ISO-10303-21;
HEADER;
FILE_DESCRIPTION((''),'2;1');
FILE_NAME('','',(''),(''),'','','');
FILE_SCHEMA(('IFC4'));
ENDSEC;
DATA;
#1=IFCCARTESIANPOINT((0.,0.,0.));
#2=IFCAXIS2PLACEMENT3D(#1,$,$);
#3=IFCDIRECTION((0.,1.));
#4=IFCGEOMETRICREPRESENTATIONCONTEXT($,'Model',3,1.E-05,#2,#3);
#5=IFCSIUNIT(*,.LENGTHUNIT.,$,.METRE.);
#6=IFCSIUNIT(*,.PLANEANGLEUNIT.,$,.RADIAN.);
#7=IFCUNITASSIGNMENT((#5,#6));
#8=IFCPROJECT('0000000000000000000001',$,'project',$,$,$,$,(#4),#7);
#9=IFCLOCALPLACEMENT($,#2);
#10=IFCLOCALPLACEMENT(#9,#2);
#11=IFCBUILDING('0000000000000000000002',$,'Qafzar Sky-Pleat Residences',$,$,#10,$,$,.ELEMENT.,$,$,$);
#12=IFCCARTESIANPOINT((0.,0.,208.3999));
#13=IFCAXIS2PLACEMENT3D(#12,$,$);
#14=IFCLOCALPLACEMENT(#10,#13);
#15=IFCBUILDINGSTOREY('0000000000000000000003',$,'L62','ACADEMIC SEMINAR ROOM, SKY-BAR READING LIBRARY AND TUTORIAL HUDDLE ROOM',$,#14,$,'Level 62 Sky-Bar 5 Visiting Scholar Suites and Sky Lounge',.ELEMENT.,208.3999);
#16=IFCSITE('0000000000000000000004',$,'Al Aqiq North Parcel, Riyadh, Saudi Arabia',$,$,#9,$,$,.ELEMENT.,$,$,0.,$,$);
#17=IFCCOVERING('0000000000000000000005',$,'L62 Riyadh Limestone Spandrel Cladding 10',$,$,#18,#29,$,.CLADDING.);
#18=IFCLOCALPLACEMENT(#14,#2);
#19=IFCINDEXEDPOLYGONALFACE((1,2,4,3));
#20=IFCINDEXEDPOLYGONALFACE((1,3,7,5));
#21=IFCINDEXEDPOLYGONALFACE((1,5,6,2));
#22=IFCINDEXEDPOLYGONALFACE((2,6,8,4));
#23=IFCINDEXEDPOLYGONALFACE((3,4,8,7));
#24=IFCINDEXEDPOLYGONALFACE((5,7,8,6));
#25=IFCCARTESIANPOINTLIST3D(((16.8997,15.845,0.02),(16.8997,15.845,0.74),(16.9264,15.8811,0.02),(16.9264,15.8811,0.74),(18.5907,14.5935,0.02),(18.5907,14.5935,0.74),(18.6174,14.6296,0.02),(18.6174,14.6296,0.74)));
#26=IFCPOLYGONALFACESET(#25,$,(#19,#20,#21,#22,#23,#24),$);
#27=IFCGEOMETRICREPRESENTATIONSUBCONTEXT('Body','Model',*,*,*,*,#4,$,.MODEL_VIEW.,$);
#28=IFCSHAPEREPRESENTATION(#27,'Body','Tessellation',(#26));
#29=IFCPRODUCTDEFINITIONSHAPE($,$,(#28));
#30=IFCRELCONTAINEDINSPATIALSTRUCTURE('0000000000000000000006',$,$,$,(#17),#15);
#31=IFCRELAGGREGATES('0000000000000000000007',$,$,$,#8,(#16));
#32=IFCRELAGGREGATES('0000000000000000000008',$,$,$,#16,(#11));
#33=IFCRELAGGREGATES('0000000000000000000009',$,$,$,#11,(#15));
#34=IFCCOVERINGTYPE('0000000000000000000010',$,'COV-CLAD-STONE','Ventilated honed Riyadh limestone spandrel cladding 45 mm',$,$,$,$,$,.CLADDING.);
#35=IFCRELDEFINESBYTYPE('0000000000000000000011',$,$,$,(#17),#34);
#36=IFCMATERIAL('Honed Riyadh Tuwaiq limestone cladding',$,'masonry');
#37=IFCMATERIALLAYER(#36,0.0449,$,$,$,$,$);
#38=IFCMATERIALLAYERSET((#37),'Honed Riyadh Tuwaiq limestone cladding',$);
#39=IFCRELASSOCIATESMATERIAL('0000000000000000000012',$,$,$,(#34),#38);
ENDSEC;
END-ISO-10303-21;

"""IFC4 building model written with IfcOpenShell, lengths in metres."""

from ifc_helpers import new_model, si_unit, direction, frame, origin, origin_2d, place, context, subcontext, project, spatial, rectangle, extrude, source, transform, mapped, material, layer, layer_set, type_object, element, save


model = new_model("IFC4")

# Units and contexts
model_context = context("Model", 3, precision=1e-05, world=origin(), true_north=direction((0.0, 1.0)))
body_context = subcontext(model_context, "Body", "Model", "MODEL_VIEW")
ifc_project = project(units=[si_unit("LENGTHUNIT", "METRE"), si_unit("PLANEANGLEUNIT", "RADIAN")], contexts=[model_context])

# Site, building, storey
site_placement = place(None, origin())
site = spatial("IfcSite", under=ifc_project, at=site_placement, Name="Al Aqiq North Parcel, Riyadh, Saudi Arabia", CompositionType="ELEMENT", RefElevation=0.0)
building_placement = place(site_placement, origin())
building = spatial("IfcBuilding", under=site, at=building_placement, Name="Qafzar Sky-Pleat Residences", CompositionType="ELEMENT")
storey_placement = place(building_placement, frame((0.0, 0.0, 208.3999)))
storey = spatial("IfcBuildingStorey", under=building, at=storey_placement, Name="L62", Description="ACADEMIC SEMINAR ROOM, SKY-BAR READING LIBRARY AND TUTORIAL HUDDLE ROOM", LongName="Level 62 Sky-Bar 5 Visiting Scholar Suites and Sky Lounge", CompositionType="ELEMENT", Elevation=208.3999)

# Covering
ifc_material_1 = material(Name="Honed Riyadh Tuwaiq limestone cladding", Category="masonry")
ifc_layer_1 = layer(ifc_material_1, 0.0449)
ifc_layer_set_1 = layer_set([ifc_layer_1], Name="Honed Riyadh Tuwaiq limestone cladding")
covering_type_1 = type_object("IfcCoveringType", Name="COV-CLAD-STONE", Description="Ventilated honed Riyadh limestone spandrel cladding 45 mm", PredefinedType="CLADDING", material=ifc_layer_set_1)
shared_shape_1 = source(origin(), body_context, "Body", "SweptSolid", [
    extrude(rectangle(XDim=2.1038, YDim=0.0449, at=origin_2d()), origin(), (0.0, 0.0, 1.0), 0.72),
])
covering_1_placement = place(storey_placement, frame((17.7585, 15.2373, 0.02), z_axis=(0.0, 0.0, 1.0), x_axis=(0.803819, -0.594875, 0.0)))
element("IfcCovering", 1, at=covering_1_placement, inside=storey, type_object=covering_type_1, Name="L62 Riyadh Limestone Spandrel Cladding 10", PredefinedType="CLADDING", context=body_context, shape_type="MappedRepresentation", body=[
    mapped(shared_shape_1, transform((0.0, 0.0, 0.0), x_axis=(1.0, 0.0, 0.0), y_axis=(0.0, 1.0, 0.0), z_axis=(0.0, 0.0, 1.0), scale=1.0)),
])

save(model, "model.ifc")
